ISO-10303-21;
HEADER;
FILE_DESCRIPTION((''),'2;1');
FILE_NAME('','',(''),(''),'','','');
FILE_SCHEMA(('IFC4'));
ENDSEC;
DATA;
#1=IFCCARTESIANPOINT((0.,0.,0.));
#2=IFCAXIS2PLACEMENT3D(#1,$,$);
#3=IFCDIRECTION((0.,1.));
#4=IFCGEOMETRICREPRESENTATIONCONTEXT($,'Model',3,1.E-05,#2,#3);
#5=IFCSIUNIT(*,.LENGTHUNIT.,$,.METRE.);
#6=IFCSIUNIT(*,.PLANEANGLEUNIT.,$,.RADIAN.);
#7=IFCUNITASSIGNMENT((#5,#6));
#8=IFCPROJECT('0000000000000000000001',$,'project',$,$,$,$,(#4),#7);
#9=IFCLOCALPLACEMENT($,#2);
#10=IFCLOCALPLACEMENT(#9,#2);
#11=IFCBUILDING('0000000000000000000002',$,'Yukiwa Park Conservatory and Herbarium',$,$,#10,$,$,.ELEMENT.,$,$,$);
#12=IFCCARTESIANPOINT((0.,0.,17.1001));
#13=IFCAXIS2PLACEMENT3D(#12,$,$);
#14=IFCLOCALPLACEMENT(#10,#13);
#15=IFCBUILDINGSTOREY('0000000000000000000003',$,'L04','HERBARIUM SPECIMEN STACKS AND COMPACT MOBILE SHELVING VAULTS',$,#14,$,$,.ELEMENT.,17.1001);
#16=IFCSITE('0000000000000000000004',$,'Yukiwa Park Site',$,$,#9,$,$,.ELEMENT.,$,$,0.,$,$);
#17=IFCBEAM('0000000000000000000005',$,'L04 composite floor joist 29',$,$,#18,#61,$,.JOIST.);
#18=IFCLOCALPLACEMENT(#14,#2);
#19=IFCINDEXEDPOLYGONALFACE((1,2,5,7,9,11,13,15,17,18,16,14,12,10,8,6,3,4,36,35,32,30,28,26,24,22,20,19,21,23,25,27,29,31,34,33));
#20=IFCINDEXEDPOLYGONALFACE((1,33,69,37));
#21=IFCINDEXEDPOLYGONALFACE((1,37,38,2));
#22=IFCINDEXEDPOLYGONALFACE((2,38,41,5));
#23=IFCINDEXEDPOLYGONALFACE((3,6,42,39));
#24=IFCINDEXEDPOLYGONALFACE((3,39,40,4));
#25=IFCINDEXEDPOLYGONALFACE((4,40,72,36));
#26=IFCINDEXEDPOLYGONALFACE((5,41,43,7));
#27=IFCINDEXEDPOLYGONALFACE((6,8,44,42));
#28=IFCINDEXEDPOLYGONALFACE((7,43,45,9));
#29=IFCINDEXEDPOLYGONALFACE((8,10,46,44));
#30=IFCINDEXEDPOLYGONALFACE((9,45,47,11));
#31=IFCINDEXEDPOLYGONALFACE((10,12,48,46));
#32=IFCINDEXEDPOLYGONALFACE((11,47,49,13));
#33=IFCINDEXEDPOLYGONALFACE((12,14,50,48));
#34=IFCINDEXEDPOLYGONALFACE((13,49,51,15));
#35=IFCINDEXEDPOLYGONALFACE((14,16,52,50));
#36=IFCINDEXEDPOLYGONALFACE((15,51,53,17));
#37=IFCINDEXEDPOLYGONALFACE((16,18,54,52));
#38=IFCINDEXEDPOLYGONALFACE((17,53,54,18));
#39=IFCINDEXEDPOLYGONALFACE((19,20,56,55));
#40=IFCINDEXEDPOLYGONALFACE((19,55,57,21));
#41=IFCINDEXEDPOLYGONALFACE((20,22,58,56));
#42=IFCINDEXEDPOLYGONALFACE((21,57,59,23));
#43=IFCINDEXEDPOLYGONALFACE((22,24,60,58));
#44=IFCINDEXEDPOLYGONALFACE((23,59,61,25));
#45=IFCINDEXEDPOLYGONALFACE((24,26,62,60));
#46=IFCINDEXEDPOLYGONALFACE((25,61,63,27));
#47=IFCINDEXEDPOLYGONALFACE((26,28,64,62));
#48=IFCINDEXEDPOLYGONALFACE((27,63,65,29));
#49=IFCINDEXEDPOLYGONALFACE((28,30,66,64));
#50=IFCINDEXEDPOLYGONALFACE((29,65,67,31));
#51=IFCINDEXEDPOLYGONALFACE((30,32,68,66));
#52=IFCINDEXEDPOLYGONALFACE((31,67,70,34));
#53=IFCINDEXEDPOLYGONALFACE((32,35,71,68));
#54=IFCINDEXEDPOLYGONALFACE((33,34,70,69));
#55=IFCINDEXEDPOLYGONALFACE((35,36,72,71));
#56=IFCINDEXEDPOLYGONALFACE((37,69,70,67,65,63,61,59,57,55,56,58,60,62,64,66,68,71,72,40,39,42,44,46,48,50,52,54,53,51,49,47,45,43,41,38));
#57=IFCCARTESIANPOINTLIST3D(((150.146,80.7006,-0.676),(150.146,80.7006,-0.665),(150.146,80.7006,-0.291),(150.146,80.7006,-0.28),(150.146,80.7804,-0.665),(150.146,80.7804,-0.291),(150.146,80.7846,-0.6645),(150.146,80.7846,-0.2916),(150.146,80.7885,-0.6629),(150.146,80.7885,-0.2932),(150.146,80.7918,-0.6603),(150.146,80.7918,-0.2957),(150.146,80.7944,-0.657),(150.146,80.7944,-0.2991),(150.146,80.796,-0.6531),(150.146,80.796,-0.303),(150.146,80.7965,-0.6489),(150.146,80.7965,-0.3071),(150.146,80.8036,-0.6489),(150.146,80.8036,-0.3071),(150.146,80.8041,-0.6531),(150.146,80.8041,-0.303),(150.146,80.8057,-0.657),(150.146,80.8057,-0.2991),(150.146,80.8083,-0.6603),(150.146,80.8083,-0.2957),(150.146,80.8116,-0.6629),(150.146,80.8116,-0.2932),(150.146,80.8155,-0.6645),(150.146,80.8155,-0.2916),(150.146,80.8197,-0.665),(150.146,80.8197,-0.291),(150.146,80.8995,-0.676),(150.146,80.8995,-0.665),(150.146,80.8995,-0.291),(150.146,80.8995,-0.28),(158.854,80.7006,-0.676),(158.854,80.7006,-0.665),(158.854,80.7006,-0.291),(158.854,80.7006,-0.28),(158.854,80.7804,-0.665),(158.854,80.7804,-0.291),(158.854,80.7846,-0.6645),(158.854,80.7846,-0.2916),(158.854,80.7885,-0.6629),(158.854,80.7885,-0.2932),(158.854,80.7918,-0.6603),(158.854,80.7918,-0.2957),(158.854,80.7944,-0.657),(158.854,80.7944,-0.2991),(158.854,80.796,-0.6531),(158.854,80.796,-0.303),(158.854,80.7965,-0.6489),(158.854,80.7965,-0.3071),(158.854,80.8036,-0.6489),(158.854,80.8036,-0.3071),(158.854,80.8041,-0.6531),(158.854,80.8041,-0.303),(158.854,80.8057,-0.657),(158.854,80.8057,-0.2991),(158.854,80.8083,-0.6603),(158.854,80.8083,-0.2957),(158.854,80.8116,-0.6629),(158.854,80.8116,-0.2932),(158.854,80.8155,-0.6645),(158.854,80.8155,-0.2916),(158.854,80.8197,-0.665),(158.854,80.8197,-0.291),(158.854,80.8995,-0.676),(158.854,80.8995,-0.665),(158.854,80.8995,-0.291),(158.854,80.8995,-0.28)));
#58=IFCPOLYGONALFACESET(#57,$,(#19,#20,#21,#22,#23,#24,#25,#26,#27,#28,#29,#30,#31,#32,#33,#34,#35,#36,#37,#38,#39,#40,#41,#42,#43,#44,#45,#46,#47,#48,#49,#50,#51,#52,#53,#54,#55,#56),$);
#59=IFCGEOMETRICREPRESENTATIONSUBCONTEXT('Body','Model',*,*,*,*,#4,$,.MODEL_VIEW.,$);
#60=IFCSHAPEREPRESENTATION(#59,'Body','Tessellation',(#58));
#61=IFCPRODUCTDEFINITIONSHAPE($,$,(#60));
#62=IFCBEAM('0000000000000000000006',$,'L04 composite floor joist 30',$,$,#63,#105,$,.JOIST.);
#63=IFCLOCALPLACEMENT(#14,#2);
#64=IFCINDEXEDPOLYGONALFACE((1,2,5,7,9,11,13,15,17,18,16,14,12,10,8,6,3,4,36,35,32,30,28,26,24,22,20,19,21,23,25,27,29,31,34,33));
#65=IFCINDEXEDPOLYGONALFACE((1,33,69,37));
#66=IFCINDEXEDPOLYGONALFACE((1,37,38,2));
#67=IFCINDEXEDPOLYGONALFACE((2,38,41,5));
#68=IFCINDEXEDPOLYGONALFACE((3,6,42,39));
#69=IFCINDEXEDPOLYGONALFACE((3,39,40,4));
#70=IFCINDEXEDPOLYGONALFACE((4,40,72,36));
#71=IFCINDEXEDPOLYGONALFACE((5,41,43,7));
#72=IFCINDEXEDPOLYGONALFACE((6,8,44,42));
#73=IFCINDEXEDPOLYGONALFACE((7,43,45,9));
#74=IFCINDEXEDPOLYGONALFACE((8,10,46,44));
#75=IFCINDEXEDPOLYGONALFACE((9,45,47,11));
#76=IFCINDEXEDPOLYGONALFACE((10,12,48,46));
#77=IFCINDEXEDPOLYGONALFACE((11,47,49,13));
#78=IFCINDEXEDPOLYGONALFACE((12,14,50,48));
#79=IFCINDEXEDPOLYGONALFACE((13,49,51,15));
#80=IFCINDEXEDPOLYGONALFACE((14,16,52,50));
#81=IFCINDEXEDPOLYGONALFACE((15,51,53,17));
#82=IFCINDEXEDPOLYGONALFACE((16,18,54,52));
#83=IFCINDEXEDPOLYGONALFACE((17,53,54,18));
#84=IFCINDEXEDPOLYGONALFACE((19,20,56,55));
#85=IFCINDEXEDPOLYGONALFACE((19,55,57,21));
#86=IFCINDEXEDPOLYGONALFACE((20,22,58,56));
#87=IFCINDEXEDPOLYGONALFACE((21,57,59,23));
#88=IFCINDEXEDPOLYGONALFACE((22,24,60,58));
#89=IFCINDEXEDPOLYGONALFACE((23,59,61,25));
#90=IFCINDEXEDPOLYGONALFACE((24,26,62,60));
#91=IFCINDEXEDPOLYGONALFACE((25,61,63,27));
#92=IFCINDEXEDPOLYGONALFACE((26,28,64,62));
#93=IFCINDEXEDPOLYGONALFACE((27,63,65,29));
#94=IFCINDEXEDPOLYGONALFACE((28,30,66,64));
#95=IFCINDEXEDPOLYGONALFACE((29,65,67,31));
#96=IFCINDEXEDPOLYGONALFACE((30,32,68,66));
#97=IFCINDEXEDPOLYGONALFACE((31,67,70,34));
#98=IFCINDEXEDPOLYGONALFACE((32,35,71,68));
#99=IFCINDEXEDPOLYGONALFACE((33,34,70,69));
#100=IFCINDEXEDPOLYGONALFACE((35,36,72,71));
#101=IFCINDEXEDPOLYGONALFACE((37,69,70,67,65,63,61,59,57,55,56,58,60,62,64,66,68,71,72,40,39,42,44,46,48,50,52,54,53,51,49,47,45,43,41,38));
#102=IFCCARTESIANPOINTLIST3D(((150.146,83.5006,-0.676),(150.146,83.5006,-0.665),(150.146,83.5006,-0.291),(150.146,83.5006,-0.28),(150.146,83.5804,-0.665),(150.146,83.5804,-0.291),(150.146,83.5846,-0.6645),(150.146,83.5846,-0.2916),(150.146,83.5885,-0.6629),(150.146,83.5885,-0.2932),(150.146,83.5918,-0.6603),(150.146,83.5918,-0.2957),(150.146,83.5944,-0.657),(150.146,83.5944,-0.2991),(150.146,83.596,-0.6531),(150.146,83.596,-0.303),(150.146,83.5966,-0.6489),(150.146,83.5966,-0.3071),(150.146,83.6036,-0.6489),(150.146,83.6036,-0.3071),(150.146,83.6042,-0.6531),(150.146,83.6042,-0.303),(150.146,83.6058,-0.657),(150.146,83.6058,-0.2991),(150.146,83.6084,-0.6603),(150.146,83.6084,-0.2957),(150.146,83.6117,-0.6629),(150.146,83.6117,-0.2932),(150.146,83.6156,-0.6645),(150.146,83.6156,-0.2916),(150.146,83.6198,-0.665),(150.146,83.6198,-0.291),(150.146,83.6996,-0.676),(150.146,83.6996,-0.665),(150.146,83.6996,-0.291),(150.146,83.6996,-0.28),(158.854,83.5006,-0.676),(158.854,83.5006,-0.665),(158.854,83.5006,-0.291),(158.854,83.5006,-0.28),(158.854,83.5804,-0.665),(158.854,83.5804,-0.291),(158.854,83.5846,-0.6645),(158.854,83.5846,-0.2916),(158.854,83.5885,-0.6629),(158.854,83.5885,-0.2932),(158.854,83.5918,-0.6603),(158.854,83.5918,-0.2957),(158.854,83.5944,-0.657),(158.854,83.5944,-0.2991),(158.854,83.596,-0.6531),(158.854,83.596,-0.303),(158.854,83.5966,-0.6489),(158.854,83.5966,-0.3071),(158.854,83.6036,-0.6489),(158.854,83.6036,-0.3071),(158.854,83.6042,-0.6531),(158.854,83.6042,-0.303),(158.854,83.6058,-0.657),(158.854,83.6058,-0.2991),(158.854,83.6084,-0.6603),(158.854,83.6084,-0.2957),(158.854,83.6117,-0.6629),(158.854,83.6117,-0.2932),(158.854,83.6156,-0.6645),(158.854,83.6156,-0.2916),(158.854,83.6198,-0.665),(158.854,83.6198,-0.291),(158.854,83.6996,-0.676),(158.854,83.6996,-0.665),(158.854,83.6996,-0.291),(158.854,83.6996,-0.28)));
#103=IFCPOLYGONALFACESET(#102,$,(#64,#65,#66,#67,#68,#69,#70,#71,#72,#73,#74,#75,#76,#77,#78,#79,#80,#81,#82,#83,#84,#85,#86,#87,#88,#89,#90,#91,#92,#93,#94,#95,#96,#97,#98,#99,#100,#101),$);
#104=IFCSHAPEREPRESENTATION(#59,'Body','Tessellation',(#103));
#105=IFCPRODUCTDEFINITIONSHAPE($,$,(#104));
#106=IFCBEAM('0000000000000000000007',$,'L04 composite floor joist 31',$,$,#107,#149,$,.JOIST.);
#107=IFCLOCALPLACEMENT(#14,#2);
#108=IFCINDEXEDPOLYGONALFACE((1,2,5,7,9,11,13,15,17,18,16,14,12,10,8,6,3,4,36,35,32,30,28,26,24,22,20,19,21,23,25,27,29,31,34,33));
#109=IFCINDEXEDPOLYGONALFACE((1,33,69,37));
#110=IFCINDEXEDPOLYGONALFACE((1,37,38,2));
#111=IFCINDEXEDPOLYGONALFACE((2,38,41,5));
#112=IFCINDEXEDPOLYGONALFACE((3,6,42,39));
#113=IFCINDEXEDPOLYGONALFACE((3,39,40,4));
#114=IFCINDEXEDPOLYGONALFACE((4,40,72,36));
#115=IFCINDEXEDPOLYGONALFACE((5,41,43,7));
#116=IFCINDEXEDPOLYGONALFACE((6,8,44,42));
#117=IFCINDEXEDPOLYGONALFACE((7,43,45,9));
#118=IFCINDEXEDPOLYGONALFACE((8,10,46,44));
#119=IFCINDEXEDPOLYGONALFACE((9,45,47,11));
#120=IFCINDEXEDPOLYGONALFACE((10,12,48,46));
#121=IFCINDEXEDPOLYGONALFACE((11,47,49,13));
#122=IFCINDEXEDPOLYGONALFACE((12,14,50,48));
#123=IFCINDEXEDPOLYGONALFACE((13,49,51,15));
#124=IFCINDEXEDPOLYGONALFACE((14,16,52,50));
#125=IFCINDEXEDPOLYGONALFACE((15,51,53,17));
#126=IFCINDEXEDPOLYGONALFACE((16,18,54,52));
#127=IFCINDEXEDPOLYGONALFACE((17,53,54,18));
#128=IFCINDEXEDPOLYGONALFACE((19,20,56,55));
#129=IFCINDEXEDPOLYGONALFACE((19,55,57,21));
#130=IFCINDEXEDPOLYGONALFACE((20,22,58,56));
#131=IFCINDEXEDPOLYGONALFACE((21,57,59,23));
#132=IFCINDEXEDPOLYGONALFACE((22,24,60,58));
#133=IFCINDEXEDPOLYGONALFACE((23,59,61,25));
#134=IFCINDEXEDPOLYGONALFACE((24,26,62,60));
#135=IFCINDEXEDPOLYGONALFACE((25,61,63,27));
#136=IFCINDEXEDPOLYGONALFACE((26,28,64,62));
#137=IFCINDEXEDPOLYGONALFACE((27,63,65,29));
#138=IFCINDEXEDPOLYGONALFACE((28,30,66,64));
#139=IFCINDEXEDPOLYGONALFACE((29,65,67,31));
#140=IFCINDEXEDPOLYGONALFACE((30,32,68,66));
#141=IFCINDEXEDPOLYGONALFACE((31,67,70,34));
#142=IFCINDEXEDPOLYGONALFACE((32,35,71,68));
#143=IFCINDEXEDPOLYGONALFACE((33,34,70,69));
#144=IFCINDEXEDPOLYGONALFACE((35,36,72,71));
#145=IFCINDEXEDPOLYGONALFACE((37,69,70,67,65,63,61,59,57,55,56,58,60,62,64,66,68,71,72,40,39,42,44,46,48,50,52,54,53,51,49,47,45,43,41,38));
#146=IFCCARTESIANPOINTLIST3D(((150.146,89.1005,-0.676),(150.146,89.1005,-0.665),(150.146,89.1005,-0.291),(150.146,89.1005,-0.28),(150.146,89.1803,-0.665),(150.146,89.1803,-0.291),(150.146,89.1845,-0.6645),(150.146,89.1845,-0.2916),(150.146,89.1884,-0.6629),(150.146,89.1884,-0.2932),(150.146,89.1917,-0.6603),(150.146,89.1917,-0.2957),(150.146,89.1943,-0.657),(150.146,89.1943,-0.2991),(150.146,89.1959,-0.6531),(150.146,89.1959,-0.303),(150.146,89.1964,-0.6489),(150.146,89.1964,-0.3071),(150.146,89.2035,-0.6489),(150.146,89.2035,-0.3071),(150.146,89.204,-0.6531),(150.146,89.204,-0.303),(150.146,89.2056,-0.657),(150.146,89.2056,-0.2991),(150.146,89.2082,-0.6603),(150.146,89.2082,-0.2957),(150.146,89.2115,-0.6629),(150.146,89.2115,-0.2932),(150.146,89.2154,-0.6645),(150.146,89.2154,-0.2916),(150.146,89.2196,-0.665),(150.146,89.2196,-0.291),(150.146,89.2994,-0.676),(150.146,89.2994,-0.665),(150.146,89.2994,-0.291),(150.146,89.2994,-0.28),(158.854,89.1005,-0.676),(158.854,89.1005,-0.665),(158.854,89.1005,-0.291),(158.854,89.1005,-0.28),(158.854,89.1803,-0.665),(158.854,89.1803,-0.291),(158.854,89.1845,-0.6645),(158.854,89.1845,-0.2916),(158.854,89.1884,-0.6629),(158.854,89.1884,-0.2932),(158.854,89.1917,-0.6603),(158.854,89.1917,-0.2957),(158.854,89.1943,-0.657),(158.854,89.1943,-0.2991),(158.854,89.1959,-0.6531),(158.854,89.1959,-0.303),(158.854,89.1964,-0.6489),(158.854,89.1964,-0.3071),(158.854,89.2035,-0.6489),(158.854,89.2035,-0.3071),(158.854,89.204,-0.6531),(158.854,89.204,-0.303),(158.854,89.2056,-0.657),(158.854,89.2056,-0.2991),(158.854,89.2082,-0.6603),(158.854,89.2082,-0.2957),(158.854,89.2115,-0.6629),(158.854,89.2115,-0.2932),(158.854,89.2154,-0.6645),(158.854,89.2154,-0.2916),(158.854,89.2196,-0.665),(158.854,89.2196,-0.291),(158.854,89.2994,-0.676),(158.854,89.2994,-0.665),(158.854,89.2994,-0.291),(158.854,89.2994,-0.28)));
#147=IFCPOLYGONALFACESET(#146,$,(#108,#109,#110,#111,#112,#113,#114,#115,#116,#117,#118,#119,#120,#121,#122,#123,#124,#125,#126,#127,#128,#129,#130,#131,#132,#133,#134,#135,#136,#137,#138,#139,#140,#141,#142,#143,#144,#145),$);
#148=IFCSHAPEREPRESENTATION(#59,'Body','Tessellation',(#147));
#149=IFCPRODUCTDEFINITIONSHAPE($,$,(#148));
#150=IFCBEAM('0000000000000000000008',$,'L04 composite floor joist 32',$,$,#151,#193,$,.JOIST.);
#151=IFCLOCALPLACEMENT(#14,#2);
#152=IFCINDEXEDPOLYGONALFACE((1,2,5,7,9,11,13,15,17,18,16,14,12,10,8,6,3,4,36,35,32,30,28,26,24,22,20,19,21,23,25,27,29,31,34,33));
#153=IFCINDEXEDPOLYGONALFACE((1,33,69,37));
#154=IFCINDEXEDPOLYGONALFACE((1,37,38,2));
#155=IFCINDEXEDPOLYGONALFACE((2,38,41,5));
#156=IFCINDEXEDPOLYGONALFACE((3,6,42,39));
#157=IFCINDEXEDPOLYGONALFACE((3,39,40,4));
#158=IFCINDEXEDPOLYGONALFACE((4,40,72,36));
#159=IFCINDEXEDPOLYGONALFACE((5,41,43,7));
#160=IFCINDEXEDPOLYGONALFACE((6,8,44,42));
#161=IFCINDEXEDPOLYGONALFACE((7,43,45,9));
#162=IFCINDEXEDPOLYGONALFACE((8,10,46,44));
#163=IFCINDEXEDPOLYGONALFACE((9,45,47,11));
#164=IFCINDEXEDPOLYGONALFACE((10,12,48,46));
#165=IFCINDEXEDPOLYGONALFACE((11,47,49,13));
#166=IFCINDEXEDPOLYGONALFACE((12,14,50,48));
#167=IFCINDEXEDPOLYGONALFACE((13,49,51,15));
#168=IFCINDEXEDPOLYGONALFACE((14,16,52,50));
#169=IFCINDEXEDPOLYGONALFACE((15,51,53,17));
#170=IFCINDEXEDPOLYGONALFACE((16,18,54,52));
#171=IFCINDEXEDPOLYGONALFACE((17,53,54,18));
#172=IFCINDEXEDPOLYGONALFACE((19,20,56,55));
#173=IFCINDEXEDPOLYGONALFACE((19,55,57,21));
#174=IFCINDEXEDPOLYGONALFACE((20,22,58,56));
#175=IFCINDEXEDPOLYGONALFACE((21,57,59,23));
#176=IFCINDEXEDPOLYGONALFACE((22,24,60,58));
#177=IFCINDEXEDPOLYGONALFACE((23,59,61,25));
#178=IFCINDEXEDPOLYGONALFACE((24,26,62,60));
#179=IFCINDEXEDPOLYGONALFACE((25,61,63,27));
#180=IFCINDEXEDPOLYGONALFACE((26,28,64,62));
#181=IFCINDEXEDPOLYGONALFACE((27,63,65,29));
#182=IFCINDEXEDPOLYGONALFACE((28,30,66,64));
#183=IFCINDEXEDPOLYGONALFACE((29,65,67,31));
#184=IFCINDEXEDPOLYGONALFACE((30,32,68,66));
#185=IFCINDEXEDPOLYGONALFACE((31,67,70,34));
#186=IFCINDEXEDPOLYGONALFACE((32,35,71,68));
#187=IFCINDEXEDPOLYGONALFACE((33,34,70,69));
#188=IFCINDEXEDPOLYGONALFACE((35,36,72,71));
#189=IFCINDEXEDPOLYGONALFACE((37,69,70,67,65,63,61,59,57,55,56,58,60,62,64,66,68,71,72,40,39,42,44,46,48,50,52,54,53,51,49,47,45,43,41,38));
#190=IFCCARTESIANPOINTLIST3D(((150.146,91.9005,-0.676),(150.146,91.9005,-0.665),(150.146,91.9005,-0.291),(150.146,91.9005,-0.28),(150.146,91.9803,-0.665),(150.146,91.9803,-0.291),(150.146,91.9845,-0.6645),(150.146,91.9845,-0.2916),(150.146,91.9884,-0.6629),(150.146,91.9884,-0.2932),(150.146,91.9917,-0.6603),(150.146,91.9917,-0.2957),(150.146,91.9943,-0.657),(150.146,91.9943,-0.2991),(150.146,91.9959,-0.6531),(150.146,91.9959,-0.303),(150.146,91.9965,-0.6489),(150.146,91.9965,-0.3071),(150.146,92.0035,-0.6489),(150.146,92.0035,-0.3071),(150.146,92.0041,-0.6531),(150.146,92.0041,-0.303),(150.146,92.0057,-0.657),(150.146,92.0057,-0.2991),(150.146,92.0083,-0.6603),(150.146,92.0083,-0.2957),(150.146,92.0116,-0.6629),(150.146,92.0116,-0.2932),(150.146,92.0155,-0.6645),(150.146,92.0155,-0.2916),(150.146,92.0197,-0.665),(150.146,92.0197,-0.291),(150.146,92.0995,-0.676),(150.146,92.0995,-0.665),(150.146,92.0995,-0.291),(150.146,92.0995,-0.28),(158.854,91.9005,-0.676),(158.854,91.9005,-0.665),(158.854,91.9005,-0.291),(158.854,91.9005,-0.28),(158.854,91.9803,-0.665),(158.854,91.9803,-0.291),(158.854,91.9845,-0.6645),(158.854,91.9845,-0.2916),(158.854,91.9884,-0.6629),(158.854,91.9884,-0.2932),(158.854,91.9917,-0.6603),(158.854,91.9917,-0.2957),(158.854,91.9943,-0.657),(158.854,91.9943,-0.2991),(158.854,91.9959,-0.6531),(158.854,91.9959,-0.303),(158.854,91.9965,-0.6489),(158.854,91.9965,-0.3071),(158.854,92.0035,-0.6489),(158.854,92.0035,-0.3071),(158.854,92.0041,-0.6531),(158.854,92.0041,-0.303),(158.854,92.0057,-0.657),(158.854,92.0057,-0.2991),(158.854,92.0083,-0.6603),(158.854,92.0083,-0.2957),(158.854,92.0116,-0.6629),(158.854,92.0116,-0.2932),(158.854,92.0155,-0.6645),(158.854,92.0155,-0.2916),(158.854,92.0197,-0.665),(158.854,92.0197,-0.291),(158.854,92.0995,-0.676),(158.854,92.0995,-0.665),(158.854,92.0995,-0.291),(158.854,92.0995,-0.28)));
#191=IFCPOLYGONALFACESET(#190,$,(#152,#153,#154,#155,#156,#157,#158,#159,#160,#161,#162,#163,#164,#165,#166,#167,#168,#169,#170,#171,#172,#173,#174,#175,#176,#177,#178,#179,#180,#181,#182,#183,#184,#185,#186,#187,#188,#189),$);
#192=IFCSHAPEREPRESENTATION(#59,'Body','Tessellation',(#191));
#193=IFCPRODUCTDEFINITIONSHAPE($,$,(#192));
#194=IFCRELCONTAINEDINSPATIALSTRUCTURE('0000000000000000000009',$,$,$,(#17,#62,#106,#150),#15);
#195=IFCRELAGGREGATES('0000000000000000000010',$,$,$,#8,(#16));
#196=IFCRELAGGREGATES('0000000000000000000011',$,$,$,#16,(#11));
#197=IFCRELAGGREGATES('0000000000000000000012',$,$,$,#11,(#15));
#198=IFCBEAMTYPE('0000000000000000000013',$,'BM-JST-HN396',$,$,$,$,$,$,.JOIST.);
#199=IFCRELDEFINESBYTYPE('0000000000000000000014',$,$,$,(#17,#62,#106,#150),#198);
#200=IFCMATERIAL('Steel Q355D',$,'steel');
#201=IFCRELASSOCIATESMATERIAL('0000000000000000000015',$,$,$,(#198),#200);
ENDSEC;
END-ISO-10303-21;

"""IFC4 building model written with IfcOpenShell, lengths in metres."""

from ifc_helpers import new_model, si_unit, direction, frame, origin, origin_2d, place, context, subcontext, project, spatial, i_section, extrude, material, material_profile, profile_set, type_object, element, save


model = new_model("IFC4")

# Units and contexts
model_context = context("Model", 3, precision=1e-05, world=origin(), true_north=direction((0.0, 1.0)))
body_context = subcontext(model_context, "Body", "Model", "MODEL_VIEW")
ifc_project = project(units=[si_unit("LENGTHUNIT", "METRE"), si_unit("PLANEANGLEUNIT", "RADIAN")], contexts=[model_context])

# Site, building, storey
site_placement = place(None, origin())
site = spatial("IfcSite", under=ifc_project, at=site_placement, Name="Yukiwa Park Site", CompositionType="ELEMENT", RefElevation=0.0)
building_placement = place(site_placement, origin())
building = spatial("IfcBuilding", under=site, at=building_placement, Name="Yukiwa Park Conservatory and Herbarium", CompositionType="ELEMENT")
storey_placement = place(building_placement, frame((0.0, 0.0, 17.1001)))
storey = spatial("IfcBuildingStorey", under=building, at=storey_placement, Name="L04", Description="HERBARIUM SPECIMEN STACKS AND COMPACT MOBILE SHELVING VAULTS", CompositionType="ELEMENT", Elevation=17.1001)

# Beams
ifc_material_1 = material(Name="Steel Q355D", Category="steel")
ifc_material_profile_1 = material_profile(ifc_material_1, i_section(OverallWidth=0.199, OverallDepth=0.396, WebThickness=0.0071, FlangeThickness=0.011, FilletRadius=0.0161, at=origin_2d()), Name="HN 396x199x7x11")
ifc_profile_set_1 = profile_set([ifc_material_profile_1], Name="Steel Q355D")
beam_type_1 = type_object("IfcBeamType", Name="BM-JST-HN396", PredefinedType="JOIST", material=ifc_profile_set_1)
for number, where, z_axis, x_axis, name in (
    (1, (150.146, 80.8, -0.478), (1.0, 0.0, 0.0), (0.0, 1.0, 0.0), "L04 composite floor joist 29"),
    (2, (150.146, 83.6001, -0.478), (1.0, 0.0, 0.0), (0.0, 1.0, 0.0), "L04 composite floor joist 30"),
    (3, (150.146, 89.2, -0.478), (1.0, 0.0, 0.0), (0.0, 1.0, 0.0), "L04 composite floor joist 31"),
    (4, (150.146, 92.0, -0.478), (1.0, 0.0, 0.0), (0.0, 1.0, 0.0), "L04 composite floor joist 32"),
):
    element("IfcBeam", number, at=place(storey_placement, frame(where, z_axis=z_axis, x_axis=x_axis)), inside=storey, type_object=beam_type_1, Name=name, PredefinedType="JOIST", context=body_context, shape_type="SweptSolid", body=[
        extrude(i_section(OverallWidth=0.199, OverallDepth=0.396, WebThickness=0.0071, FlangeThickness=0.011, FilletRadius=0.0161, at=origin_2d()), origin(), (0.0, 0.0, 1.0), 8.708),
    ])

save(model, "model.ifc")
